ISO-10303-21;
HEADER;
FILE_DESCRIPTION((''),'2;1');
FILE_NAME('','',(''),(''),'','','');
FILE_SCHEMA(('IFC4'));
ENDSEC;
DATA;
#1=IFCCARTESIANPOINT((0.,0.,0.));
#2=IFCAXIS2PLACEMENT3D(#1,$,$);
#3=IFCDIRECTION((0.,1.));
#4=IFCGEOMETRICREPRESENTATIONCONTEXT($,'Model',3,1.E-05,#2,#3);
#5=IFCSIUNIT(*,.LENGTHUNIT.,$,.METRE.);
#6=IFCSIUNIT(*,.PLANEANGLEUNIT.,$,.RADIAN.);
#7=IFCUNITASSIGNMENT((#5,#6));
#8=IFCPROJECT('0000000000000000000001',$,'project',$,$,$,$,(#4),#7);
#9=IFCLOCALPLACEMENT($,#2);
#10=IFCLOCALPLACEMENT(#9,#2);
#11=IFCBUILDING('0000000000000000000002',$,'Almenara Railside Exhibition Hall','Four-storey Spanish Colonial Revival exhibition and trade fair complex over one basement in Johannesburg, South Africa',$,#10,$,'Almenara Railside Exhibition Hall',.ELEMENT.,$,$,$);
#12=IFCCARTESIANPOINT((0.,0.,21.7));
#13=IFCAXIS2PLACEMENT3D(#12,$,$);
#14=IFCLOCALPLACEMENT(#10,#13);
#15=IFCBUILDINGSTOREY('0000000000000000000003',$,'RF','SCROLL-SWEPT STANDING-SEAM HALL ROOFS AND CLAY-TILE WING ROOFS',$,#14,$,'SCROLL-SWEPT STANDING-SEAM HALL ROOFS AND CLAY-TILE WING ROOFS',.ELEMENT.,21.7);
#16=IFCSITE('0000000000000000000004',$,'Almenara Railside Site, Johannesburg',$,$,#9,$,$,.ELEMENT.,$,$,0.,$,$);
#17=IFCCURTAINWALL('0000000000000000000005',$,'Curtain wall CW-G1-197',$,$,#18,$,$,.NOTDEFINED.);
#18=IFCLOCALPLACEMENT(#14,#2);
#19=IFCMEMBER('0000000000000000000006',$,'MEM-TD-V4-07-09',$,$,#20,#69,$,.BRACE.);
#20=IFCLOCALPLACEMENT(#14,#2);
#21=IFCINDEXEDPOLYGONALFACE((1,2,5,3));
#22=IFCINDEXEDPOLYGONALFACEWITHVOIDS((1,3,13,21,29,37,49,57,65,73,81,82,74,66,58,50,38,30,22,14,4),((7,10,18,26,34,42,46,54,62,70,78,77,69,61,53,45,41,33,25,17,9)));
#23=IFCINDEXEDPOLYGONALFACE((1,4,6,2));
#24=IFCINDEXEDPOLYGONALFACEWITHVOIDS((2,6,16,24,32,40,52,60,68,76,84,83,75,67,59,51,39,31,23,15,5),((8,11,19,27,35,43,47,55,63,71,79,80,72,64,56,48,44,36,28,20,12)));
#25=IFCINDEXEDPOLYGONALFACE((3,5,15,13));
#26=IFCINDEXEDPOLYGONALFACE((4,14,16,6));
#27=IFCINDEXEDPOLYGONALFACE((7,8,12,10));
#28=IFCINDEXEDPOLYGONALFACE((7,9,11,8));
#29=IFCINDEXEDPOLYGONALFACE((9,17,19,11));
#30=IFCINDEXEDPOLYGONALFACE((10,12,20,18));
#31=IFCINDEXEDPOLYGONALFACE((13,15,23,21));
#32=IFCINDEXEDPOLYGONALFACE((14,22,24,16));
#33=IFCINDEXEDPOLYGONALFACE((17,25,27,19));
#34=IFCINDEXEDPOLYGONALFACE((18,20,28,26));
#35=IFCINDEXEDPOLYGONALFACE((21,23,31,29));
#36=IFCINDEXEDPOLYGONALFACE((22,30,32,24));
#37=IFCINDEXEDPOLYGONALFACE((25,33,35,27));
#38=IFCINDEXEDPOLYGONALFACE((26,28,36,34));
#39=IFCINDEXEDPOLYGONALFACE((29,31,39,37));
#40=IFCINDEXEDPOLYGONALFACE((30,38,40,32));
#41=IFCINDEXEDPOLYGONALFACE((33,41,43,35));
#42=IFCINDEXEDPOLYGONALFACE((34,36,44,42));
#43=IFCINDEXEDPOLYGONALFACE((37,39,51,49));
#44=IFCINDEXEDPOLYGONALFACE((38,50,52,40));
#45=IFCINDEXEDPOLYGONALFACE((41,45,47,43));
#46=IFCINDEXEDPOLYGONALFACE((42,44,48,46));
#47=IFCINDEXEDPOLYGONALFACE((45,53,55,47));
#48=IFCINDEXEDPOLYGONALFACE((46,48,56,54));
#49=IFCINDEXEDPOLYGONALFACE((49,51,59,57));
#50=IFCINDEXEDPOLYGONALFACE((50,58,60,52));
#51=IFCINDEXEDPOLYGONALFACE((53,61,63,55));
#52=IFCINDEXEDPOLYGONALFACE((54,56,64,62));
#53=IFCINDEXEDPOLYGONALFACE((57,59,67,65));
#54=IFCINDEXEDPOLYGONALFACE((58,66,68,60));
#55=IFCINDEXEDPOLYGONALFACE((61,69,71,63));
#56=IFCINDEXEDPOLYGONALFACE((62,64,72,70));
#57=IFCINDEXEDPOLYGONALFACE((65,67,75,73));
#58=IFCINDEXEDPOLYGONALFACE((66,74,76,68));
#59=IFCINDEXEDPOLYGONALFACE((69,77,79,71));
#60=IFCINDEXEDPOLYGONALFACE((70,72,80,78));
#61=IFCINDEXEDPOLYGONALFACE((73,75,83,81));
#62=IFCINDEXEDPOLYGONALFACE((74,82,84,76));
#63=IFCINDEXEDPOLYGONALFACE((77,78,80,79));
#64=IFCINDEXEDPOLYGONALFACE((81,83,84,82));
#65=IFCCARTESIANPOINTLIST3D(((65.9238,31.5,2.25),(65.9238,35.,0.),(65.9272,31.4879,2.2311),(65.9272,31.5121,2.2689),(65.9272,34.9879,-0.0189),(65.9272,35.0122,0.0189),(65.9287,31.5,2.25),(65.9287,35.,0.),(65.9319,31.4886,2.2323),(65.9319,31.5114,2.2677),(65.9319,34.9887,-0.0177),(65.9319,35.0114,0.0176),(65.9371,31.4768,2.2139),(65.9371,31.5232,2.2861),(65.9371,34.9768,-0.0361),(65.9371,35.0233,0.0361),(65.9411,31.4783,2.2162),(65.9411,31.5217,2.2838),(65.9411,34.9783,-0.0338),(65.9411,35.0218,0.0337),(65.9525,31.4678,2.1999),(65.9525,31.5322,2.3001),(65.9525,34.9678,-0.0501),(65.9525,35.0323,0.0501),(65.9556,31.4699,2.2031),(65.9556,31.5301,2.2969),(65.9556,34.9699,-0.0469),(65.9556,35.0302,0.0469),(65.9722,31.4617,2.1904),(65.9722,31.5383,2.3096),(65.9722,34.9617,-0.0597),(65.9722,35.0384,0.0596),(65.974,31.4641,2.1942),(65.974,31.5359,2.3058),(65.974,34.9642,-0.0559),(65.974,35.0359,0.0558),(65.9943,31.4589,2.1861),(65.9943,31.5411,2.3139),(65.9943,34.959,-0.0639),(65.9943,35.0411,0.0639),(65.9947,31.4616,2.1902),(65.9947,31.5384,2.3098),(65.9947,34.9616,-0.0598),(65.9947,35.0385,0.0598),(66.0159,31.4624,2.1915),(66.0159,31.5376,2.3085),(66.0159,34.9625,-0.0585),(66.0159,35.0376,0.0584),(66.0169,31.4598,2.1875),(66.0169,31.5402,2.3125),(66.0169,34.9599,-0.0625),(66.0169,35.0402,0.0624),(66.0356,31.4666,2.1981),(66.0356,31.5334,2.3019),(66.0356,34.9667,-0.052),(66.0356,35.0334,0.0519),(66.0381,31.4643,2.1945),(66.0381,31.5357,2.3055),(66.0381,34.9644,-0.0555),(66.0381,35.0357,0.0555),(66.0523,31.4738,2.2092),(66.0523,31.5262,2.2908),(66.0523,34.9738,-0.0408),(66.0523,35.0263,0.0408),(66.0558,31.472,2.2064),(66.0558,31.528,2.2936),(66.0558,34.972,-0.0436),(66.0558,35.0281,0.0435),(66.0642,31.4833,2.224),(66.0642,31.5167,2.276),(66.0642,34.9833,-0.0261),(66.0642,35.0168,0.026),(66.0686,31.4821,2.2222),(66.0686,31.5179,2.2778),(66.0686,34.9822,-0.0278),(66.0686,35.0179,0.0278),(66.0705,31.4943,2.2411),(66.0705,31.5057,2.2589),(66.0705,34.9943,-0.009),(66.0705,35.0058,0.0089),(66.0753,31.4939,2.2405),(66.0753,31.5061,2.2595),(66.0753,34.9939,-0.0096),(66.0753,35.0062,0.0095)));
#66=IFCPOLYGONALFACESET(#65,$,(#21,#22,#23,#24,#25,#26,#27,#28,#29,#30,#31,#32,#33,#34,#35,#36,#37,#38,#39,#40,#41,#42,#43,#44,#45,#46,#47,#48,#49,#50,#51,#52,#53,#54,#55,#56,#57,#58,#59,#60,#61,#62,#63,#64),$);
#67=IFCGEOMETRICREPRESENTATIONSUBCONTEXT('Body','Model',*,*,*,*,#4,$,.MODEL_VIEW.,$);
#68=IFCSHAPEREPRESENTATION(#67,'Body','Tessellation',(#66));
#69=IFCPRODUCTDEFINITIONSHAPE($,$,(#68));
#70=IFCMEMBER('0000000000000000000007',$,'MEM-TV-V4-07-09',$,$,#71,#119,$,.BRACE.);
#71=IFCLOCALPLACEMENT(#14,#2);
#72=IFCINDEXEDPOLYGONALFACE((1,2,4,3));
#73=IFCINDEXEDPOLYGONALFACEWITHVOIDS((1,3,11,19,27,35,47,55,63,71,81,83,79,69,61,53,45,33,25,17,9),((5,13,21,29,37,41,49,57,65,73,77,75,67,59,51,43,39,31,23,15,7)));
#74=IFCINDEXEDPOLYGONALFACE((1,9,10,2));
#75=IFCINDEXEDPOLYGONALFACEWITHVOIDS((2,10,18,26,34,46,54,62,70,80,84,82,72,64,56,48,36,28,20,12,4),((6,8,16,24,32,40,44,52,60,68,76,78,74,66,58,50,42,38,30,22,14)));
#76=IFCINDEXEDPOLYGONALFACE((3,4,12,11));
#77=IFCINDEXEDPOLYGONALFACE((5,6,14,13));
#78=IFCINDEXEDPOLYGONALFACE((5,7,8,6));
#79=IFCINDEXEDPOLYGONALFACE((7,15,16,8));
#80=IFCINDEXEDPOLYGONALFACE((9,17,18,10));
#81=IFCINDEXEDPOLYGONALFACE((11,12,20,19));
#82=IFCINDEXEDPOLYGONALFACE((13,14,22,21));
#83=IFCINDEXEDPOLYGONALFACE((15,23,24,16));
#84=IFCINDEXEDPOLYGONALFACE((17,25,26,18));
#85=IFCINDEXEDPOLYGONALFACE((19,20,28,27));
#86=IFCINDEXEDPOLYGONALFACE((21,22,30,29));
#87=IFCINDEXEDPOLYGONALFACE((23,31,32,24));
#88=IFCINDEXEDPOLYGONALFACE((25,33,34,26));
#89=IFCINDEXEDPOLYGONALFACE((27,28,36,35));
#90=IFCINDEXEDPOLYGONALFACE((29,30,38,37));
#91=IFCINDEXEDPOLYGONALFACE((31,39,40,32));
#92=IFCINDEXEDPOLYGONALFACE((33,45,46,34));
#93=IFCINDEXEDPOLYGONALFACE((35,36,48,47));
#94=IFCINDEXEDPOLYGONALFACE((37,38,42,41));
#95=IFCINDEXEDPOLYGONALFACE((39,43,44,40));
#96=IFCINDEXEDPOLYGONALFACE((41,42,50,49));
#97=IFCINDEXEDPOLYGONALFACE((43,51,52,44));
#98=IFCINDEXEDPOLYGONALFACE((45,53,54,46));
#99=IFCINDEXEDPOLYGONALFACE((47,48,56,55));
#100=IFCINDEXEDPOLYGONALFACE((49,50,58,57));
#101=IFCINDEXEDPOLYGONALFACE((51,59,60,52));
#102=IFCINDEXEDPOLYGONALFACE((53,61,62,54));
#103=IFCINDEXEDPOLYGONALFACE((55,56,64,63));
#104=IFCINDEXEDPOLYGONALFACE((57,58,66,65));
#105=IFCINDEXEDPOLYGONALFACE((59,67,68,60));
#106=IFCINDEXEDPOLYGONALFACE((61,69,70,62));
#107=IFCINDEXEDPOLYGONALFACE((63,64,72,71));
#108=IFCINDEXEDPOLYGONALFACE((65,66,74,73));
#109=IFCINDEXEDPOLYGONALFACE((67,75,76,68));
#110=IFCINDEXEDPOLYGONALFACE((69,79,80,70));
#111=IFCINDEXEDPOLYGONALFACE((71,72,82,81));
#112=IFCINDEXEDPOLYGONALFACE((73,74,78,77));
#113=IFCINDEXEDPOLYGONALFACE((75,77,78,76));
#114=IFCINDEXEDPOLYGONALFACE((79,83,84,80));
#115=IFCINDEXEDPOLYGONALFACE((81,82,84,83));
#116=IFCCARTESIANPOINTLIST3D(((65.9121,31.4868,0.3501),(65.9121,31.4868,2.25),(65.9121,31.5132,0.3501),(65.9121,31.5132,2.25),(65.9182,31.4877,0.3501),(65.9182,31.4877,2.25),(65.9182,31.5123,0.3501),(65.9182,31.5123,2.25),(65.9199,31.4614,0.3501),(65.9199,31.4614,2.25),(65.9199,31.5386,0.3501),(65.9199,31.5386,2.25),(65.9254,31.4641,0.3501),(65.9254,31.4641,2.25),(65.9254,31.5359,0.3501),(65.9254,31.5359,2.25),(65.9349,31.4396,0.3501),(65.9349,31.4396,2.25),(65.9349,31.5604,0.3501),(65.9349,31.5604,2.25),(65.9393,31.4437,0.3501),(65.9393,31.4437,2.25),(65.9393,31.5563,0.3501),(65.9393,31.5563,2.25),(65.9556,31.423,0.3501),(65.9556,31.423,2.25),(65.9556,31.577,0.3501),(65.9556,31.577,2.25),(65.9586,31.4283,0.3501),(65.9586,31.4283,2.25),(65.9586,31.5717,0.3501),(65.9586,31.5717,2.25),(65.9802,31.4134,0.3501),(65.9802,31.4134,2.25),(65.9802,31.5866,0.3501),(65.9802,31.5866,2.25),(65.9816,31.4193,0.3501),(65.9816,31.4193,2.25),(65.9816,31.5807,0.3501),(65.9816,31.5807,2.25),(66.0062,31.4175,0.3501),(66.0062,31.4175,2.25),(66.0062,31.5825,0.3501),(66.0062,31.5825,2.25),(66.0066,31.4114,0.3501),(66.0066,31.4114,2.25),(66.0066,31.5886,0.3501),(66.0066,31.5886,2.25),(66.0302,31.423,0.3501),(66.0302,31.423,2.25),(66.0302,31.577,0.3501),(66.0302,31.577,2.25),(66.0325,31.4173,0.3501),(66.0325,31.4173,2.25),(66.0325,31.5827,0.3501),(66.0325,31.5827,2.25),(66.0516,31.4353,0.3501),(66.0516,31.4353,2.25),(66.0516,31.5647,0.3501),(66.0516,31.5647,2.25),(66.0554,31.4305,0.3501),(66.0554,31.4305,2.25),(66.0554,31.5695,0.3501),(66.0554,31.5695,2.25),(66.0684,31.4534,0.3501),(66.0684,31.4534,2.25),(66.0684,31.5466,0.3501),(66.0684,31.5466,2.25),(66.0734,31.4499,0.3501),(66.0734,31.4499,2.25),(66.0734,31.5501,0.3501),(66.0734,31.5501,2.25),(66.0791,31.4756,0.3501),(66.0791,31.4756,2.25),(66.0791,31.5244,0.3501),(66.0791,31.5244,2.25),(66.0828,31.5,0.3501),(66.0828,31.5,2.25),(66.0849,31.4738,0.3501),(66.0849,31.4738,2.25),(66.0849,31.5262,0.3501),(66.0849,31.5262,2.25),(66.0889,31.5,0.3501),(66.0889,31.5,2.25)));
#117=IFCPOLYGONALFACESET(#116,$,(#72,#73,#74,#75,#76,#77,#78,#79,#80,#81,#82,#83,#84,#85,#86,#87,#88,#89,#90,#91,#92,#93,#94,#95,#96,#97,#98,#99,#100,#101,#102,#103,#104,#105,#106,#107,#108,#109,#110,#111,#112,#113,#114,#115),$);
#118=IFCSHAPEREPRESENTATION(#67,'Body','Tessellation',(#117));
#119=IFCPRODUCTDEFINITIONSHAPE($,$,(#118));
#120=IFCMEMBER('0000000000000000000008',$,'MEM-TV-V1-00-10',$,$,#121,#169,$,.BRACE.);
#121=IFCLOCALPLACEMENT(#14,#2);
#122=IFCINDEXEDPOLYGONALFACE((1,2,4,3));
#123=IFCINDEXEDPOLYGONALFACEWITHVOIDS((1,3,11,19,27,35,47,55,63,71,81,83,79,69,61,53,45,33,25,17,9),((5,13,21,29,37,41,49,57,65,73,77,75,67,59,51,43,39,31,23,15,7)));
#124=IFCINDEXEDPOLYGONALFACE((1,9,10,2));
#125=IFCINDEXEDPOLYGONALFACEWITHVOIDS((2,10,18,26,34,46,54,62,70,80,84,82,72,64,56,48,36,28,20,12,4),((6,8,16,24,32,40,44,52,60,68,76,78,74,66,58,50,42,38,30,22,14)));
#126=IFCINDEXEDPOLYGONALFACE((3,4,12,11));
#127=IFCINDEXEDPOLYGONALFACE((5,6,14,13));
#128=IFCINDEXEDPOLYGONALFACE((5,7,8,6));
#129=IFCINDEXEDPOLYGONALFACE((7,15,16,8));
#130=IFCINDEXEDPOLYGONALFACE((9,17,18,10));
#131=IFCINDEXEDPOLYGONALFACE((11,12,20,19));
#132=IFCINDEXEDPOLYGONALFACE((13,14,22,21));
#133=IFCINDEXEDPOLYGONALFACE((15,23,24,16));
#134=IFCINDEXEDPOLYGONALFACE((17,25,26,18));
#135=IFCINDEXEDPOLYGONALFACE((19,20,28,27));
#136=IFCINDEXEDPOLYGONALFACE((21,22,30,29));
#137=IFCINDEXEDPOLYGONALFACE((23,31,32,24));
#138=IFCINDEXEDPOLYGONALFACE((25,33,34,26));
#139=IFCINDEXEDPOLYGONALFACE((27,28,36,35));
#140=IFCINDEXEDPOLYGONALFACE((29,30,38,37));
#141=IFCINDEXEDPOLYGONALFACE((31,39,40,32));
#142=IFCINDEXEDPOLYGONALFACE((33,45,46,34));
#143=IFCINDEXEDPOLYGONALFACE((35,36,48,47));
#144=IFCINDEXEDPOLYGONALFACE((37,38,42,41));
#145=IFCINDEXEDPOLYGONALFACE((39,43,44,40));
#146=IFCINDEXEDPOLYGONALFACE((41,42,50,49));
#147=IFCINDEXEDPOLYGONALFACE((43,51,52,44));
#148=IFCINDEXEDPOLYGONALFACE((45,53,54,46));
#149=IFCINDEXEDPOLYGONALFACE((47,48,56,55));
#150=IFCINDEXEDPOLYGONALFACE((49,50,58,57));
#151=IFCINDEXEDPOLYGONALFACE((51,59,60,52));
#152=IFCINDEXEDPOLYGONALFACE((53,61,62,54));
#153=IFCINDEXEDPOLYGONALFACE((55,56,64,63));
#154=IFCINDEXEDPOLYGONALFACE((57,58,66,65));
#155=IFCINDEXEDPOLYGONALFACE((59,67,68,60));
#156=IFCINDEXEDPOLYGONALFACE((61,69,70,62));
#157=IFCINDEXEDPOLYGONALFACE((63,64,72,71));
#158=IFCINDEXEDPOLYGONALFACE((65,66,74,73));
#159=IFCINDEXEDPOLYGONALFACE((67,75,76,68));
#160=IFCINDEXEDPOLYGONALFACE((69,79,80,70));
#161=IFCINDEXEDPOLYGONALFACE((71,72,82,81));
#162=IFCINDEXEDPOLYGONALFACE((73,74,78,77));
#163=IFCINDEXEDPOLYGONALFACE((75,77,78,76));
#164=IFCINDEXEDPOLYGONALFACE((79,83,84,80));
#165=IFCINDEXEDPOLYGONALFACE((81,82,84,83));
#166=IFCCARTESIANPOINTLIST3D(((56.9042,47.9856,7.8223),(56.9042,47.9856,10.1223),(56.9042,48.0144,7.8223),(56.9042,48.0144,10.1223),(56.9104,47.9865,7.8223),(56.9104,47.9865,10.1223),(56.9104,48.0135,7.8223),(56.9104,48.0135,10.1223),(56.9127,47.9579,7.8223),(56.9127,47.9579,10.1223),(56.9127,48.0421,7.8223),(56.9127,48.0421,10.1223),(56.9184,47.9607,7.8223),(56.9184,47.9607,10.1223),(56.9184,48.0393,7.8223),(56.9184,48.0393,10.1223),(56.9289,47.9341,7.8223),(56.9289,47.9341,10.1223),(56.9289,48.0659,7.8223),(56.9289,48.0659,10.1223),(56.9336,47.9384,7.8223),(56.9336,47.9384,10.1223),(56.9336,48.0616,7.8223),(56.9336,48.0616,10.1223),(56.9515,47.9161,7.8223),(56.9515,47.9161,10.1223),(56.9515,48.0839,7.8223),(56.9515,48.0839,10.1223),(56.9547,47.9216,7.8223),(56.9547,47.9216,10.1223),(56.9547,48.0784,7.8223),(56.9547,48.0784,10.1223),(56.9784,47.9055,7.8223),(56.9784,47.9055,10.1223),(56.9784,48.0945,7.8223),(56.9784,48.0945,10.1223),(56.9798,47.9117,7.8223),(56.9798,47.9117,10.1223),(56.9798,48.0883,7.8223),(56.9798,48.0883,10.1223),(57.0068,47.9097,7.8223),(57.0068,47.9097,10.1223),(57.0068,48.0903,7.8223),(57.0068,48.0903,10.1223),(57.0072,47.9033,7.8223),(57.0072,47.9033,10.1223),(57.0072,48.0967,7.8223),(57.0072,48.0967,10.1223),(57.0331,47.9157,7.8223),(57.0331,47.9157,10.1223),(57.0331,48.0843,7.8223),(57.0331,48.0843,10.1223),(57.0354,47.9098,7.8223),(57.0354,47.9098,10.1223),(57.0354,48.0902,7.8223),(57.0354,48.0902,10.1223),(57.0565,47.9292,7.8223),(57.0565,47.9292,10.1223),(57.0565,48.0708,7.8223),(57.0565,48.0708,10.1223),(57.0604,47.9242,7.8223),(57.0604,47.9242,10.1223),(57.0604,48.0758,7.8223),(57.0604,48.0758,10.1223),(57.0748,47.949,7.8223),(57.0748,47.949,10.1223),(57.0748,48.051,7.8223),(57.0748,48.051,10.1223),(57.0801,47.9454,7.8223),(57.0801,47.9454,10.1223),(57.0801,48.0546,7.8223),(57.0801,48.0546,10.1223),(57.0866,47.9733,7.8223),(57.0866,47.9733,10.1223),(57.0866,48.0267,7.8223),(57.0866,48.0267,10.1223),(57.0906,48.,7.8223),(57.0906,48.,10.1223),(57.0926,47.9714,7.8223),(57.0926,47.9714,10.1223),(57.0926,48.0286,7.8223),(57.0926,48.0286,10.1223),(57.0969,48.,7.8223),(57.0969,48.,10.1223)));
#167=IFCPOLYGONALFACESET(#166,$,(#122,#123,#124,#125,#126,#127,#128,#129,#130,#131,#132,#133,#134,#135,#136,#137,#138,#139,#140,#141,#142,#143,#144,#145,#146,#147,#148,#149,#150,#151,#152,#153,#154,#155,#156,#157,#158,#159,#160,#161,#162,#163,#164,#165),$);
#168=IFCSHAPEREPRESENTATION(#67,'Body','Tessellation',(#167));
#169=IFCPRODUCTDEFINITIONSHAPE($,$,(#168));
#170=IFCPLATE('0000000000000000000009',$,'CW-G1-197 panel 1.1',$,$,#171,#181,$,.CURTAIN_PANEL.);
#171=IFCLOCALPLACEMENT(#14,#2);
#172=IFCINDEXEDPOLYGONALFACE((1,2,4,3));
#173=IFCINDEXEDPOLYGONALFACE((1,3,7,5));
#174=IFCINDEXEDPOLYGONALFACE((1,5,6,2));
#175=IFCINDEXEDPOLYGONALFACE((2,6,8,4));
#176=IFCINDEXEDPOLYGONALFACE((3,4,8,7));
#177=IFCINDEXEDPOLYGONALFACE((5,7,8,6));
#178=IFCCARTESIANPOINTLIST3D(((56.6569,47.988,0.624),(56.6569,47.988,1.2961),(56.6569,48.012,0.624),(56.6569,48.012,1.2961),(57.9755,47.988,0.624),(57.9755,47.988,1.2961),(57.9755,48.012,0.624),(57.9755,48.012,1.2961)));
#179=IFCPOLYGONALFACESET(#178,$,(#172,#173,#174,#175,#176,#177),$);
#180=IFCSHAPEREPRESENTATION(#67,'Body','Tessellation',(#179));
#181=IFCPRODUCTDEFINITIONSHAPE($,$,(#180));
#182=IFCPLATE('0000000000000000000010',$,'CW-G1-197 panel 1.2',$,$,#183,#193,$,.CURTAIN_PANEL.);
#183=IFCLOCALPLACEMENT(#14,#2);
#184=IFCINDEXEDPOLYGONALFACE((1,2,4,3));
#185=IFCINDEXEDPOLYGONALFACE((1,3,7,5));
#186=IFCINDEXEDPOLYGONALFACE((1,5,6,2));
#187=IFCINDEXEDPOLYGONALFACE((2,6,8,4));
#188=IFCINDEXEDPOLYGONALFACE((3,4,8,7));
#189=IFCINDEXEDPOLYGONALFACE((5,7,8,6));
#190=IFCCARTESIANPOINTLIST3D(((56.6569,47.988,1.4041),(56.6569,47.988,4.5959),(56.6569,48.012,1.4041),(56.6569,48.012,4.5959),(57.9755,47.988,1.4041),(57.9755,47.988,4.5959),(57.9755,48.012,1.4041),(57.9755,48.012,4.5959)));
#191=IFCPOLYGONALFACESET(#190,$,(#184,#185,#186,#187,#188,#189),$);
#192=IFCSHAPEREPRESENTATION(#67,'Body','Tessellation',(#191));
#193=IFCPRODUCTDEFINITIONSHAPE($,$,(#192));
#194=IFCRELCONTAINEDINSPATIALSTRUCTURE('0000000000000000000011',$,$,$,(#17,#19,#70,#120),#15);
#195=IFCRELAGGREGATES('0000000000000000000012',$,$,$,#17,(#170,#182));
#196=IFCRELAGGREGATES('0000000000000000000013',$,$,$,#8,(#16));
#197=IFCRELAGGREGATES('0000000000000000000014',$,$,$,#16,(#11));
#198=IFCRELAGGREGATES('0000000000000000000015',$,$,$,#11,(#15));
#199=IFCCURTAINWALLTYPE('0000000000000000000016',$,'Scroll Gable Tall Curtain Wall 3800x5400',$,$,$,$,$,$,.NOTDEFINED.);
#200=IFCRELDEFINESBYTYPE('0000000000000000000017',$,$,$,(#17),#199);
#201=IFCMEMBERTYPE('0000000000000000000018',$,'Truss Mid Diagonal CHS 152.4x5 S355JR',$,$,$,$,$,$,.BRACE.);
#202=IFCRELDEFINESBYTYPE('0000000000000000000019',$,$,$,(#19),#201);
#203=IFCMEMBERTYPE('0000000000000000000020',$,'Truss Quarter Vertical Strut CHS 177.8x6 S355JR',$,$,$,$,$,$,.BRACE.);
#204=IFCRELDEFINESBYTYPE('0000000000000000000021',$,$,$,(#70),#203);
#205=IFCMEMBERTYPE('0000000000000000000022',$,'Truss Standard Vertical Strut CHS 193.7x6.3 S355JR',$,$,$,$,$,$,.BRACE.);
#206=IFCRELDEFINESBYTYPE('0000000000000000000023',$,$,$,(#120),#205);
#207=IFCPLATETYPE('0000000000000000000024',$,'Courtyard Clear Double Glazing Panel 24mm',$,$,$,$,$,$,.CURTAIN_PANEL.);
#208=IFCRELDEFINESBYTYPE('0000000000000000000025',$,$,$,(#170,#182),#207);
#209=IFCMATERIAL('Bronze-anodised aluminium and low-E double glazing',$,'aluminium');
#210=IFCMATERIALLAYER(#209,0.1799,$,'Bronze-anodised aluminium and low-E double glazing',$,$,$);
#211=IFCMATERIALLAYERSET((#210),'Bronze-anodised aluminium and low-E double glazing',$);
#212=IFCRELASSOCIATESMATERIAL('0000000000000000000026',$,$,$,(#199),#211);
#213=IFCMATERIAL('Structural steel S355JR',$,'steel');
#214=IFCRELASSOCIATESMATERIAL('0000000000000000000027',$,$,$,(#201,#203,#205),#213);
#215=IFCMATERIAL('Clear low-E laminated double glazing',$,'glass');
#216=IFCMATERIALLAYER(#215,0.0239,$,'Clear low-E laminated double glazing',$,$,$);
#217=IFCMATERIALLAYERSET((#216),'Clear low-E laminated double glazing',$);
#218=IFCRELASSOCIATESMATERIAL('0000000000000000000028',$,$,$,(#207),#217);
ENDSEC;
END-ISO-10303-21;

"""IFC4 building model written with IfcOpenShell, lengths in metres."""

from ifc_helpers import new_model, si_unit, direction, frame, origin, origin_2d, place, context, subcontext, project, spatial, rectangle, hollow_circle, extrude, material, layer, layer_set, material_profile, profile_set, type_object, element, aggregate, save


model = new_model("IFC4")

# Units and contexts
model_context = context("Model", 3, precision=1e-05, world=origin(), true_north=direction((0.0, 1.0)))
body_context = subcontext(model_context, "Body", "Model", "MODEL_VIEW")
ifc_project = project(units=[si_unit("LENGTHUNIT", "METRE"), si_unit("PLANEANGLEUNIT", "RADIAN")], contexts=[model_context])

# Site, building, storey
site_placement = place(None, origin())
site = spatial("IfcSite", under=ifc_project, at=site_placement, Name="Almenara Railside Site, Johannesburg", CompositionType="ELEMENT", RefElevation=0.0)
building_placement = place(site_placement, origin())
building = spatial("IfcBuilding", under=site, at=building_placement, Name="Almenara Railside Exhibition Hall", Description="Four-storey Spanish Colonial Revival exhibition and trade fair complex over one basement in Johannesburg, South Africa", LongName="Almenara Railside Exhibition Hall", CompositionType="ELEMENT")
storey_placement = place(building_placement, frame((0.0, 0.0, 21.7)))
storey = spatial("IfcBuildingStorey", under=building, at=storey_placement, Name="RF", Description="SCROLL-SWEPT STANDING-SEAM HALL ROOFS AND CLAY-TILE WING ROOFS", LongName="SCROLL-SWEPT STANDING-SEAM HALL ROOFS AND CLAY-TILE WING ROOFS", CompositionType="ELEMENT", Elevation=21.7)

# Shared definitions
ifc_material_1 = material(Name="Structural steel S355JR", Category="steel")

# Curtain wall
ifc_material_2 = material(Name="Bronze-anodised aluminium and low-E double glazing", Category="aluminium")
ifc_layer_1 = layer(ifc_material_2, 0.1799, Name="Bronze-anodised aluminium and low-E double glazing")
ifc_layer_set_1 = layer_set([ifc_layer_1], Name="Bronze-anodised aluminium and low-E double glazing")
curtain_wall_type = type_object("IfcCurtainWallType", Name="Scroll Gable Tall Curtain Wall 3800x5400", PredefinedType="NOTDEFINED", material=ifc_layer_set_1)
curtain_wall_placement = place(storey_placement, origin())
curtain_wall = element("IfcCurtainWall", 1, at=curtain_wall_placement, inside=storey, type_object=curtain_wall_type, Name="Curtain wall CW-G1-197", PredefinedType="NOTDEFINED")

# Members
ifc_material_profile_1 = material_profile(ifc_material_1, hollow_circle(Radius=0.0762, WallThickness=0.0049, at=origin_2d()), Name="CHS 152.4x5")
ifc_profile_set_1 = profile_set([ifc_material_profile_1], Name="Structural steel S355JR")
member_type_1 = type_object("IfcMemberType", Name="Truss Mid Diagonal CHS 152.4x5 S355JR", PredefinedType="BRACE", material=ifc_profile_set_1)
member_1_placement = place(storey_placement, frame((66.0, 31.5, 2.25), z_axis=(0.0, 0.841178, -0.540758), x_axis=(-1.0, 0.0, 0.0)))
element("IfcMember", 2, at=member_1_placement, inside=storey, type_object=member_type_1, Name="MEM-TD-V4-07-09", PredefinedType="BRACE", context=body_context, shape_type="SweptSolid", body=[
    extrude(hollow_circle(Radius=0.0762, WallThickness=0.0049, at=origin_2d()), origin(), (0.0, 0.0, 1.0), 4.1609),
])
ifc_material_profile_2 = material_profile(ifc_material_1, hollow_circle(Radius=0.0889, WallThickness=0.0061, at=origin_2d()), Name="CHS 177.8x6")
ifc_profile_set_2 = profile_set([ifc_material_profile_2], Name="Structural steel S355JR")
member_type_2 = type_object("IfcMemberType", Name="Truss Quarter Vertical Strut CHS 177.8x6 S355JR", PredefinedType="BRACE", material=ifc_profile_set_2)
member_2_placement = place(storey_placement, frame((66.0, 31.5, 0.3501), z_axis=(0.0, 0.0, 1.0), x_axis=(1.0, 0.0, 0.0)))
element("IfcMember", 3, at=member_2_placement, inside=storey, type_object=member_type_2, Name="MEM-TV-V4-07-09", PredefinedType="BRACE", context=body_context, shape_type="SweptSolid", body=[
    extrude(hollow_circle(Radius=0.0889, WallThickness=0.0061, at=origin_2d()), origin(), (0.0, 0.0, 1.0), 1.8999),
])
ifc_material_profile_3 = material_profile(ifc_material_1, hollow_circle(Radius=0.0969, WallThickness=0.0063, at=origin_2d()), Name="CHS 193.7x6.3")
ifc_profile_set_3 = profile_set([ifc_material_profile_3], Name="Structural steel S355JR")
member_type_3 = type_object("IfcMemberType", Name="Truss Standard Vertical Strut CHS 193.7x6.3 S355JR", PredefinedType="BRACE", material=ifc_profile_set_3)
member_3_placement = place(storey_placement, frame((57.0, 48.0, 7.8223), z_axis=(0.0, 0.0, 1.0), x_axis=(1.0, 0.0, 0.0)))
element("IfcMember", 4, at=member_3_placement, inside=storey, type_object=member_type_3, Name="MEM-TV-V1-00-10", PredefinedType="BRACE", context=body_context, shape_type="SweptSolid", body=[
    extrude(hollow_circle(Radius=0.0969, WallThickness=0.0063, at=origin_2d()), origin(), (0.0, 0.0, 1.0), 2.3),
])

# Plates
ifc_material_3 = material(Name="Clear low-E laminated double glazing", Category="glass")
ifc_layer_2 = layer(ifc_material_3, 0.0239, Name="Clear low-E laminated double glazing")
ifc_layer_set_2 = layer_set([ifc_layer_2], Name="Clear low-E laminated double glazing")
plate_type_1 = type_object("IfcPlateType", Name="Courtyard Clear Double Glazing Panel 24mm", PredefinedType="CURTAIN_PANEL", material=ifc_layer_set_2)
plate_1_placement = place(storey_placement, frame((57.3162, 48.0, 0.624), z_axis=(0.0, 0.0, 1.0), x_axis=(1.0, 0.0, 0.0)))
plate_1 = element("IfcPlate", 5, at=plate_1_placement, type_object=plate_type_1, Name="CW-G1-197 panel 1.1", PredefinedType="CURTAIN_PANEL", context=body_context, shape_type="SweptSolid", body=[
    extrude(rectangle(XDim=1.3186, YDim=0.0239, at=origin_2d()), origin(), (0.0, 0.0, 1.0), 0.6721),
])
plate_2_placement = place(storey_placement, frame((57.3162, 48.0, 1.4041), z_axis=(0.0, 0.0, 1.0), x_axis=(1.0, 0.0, 0.0)))
plate_2 = element("IfcPlate", 6, at=plate_2_placement, type_object=plate_type_1, Name="CW-G1-197 panel 1.2", PredefinedType="CURTAIN_PANEL", context=body_context, shape_type="SweptSolid", body=[
    extrude(rectangle(XDim=1.3186, YDim=0.0239, at=origin_2d()), origin(), (0.0, 0.0, 1.0), 3.1919),
])
aggregate(curtain_wall, [plate_1, plate_2])

save(model, "model.ifc")
